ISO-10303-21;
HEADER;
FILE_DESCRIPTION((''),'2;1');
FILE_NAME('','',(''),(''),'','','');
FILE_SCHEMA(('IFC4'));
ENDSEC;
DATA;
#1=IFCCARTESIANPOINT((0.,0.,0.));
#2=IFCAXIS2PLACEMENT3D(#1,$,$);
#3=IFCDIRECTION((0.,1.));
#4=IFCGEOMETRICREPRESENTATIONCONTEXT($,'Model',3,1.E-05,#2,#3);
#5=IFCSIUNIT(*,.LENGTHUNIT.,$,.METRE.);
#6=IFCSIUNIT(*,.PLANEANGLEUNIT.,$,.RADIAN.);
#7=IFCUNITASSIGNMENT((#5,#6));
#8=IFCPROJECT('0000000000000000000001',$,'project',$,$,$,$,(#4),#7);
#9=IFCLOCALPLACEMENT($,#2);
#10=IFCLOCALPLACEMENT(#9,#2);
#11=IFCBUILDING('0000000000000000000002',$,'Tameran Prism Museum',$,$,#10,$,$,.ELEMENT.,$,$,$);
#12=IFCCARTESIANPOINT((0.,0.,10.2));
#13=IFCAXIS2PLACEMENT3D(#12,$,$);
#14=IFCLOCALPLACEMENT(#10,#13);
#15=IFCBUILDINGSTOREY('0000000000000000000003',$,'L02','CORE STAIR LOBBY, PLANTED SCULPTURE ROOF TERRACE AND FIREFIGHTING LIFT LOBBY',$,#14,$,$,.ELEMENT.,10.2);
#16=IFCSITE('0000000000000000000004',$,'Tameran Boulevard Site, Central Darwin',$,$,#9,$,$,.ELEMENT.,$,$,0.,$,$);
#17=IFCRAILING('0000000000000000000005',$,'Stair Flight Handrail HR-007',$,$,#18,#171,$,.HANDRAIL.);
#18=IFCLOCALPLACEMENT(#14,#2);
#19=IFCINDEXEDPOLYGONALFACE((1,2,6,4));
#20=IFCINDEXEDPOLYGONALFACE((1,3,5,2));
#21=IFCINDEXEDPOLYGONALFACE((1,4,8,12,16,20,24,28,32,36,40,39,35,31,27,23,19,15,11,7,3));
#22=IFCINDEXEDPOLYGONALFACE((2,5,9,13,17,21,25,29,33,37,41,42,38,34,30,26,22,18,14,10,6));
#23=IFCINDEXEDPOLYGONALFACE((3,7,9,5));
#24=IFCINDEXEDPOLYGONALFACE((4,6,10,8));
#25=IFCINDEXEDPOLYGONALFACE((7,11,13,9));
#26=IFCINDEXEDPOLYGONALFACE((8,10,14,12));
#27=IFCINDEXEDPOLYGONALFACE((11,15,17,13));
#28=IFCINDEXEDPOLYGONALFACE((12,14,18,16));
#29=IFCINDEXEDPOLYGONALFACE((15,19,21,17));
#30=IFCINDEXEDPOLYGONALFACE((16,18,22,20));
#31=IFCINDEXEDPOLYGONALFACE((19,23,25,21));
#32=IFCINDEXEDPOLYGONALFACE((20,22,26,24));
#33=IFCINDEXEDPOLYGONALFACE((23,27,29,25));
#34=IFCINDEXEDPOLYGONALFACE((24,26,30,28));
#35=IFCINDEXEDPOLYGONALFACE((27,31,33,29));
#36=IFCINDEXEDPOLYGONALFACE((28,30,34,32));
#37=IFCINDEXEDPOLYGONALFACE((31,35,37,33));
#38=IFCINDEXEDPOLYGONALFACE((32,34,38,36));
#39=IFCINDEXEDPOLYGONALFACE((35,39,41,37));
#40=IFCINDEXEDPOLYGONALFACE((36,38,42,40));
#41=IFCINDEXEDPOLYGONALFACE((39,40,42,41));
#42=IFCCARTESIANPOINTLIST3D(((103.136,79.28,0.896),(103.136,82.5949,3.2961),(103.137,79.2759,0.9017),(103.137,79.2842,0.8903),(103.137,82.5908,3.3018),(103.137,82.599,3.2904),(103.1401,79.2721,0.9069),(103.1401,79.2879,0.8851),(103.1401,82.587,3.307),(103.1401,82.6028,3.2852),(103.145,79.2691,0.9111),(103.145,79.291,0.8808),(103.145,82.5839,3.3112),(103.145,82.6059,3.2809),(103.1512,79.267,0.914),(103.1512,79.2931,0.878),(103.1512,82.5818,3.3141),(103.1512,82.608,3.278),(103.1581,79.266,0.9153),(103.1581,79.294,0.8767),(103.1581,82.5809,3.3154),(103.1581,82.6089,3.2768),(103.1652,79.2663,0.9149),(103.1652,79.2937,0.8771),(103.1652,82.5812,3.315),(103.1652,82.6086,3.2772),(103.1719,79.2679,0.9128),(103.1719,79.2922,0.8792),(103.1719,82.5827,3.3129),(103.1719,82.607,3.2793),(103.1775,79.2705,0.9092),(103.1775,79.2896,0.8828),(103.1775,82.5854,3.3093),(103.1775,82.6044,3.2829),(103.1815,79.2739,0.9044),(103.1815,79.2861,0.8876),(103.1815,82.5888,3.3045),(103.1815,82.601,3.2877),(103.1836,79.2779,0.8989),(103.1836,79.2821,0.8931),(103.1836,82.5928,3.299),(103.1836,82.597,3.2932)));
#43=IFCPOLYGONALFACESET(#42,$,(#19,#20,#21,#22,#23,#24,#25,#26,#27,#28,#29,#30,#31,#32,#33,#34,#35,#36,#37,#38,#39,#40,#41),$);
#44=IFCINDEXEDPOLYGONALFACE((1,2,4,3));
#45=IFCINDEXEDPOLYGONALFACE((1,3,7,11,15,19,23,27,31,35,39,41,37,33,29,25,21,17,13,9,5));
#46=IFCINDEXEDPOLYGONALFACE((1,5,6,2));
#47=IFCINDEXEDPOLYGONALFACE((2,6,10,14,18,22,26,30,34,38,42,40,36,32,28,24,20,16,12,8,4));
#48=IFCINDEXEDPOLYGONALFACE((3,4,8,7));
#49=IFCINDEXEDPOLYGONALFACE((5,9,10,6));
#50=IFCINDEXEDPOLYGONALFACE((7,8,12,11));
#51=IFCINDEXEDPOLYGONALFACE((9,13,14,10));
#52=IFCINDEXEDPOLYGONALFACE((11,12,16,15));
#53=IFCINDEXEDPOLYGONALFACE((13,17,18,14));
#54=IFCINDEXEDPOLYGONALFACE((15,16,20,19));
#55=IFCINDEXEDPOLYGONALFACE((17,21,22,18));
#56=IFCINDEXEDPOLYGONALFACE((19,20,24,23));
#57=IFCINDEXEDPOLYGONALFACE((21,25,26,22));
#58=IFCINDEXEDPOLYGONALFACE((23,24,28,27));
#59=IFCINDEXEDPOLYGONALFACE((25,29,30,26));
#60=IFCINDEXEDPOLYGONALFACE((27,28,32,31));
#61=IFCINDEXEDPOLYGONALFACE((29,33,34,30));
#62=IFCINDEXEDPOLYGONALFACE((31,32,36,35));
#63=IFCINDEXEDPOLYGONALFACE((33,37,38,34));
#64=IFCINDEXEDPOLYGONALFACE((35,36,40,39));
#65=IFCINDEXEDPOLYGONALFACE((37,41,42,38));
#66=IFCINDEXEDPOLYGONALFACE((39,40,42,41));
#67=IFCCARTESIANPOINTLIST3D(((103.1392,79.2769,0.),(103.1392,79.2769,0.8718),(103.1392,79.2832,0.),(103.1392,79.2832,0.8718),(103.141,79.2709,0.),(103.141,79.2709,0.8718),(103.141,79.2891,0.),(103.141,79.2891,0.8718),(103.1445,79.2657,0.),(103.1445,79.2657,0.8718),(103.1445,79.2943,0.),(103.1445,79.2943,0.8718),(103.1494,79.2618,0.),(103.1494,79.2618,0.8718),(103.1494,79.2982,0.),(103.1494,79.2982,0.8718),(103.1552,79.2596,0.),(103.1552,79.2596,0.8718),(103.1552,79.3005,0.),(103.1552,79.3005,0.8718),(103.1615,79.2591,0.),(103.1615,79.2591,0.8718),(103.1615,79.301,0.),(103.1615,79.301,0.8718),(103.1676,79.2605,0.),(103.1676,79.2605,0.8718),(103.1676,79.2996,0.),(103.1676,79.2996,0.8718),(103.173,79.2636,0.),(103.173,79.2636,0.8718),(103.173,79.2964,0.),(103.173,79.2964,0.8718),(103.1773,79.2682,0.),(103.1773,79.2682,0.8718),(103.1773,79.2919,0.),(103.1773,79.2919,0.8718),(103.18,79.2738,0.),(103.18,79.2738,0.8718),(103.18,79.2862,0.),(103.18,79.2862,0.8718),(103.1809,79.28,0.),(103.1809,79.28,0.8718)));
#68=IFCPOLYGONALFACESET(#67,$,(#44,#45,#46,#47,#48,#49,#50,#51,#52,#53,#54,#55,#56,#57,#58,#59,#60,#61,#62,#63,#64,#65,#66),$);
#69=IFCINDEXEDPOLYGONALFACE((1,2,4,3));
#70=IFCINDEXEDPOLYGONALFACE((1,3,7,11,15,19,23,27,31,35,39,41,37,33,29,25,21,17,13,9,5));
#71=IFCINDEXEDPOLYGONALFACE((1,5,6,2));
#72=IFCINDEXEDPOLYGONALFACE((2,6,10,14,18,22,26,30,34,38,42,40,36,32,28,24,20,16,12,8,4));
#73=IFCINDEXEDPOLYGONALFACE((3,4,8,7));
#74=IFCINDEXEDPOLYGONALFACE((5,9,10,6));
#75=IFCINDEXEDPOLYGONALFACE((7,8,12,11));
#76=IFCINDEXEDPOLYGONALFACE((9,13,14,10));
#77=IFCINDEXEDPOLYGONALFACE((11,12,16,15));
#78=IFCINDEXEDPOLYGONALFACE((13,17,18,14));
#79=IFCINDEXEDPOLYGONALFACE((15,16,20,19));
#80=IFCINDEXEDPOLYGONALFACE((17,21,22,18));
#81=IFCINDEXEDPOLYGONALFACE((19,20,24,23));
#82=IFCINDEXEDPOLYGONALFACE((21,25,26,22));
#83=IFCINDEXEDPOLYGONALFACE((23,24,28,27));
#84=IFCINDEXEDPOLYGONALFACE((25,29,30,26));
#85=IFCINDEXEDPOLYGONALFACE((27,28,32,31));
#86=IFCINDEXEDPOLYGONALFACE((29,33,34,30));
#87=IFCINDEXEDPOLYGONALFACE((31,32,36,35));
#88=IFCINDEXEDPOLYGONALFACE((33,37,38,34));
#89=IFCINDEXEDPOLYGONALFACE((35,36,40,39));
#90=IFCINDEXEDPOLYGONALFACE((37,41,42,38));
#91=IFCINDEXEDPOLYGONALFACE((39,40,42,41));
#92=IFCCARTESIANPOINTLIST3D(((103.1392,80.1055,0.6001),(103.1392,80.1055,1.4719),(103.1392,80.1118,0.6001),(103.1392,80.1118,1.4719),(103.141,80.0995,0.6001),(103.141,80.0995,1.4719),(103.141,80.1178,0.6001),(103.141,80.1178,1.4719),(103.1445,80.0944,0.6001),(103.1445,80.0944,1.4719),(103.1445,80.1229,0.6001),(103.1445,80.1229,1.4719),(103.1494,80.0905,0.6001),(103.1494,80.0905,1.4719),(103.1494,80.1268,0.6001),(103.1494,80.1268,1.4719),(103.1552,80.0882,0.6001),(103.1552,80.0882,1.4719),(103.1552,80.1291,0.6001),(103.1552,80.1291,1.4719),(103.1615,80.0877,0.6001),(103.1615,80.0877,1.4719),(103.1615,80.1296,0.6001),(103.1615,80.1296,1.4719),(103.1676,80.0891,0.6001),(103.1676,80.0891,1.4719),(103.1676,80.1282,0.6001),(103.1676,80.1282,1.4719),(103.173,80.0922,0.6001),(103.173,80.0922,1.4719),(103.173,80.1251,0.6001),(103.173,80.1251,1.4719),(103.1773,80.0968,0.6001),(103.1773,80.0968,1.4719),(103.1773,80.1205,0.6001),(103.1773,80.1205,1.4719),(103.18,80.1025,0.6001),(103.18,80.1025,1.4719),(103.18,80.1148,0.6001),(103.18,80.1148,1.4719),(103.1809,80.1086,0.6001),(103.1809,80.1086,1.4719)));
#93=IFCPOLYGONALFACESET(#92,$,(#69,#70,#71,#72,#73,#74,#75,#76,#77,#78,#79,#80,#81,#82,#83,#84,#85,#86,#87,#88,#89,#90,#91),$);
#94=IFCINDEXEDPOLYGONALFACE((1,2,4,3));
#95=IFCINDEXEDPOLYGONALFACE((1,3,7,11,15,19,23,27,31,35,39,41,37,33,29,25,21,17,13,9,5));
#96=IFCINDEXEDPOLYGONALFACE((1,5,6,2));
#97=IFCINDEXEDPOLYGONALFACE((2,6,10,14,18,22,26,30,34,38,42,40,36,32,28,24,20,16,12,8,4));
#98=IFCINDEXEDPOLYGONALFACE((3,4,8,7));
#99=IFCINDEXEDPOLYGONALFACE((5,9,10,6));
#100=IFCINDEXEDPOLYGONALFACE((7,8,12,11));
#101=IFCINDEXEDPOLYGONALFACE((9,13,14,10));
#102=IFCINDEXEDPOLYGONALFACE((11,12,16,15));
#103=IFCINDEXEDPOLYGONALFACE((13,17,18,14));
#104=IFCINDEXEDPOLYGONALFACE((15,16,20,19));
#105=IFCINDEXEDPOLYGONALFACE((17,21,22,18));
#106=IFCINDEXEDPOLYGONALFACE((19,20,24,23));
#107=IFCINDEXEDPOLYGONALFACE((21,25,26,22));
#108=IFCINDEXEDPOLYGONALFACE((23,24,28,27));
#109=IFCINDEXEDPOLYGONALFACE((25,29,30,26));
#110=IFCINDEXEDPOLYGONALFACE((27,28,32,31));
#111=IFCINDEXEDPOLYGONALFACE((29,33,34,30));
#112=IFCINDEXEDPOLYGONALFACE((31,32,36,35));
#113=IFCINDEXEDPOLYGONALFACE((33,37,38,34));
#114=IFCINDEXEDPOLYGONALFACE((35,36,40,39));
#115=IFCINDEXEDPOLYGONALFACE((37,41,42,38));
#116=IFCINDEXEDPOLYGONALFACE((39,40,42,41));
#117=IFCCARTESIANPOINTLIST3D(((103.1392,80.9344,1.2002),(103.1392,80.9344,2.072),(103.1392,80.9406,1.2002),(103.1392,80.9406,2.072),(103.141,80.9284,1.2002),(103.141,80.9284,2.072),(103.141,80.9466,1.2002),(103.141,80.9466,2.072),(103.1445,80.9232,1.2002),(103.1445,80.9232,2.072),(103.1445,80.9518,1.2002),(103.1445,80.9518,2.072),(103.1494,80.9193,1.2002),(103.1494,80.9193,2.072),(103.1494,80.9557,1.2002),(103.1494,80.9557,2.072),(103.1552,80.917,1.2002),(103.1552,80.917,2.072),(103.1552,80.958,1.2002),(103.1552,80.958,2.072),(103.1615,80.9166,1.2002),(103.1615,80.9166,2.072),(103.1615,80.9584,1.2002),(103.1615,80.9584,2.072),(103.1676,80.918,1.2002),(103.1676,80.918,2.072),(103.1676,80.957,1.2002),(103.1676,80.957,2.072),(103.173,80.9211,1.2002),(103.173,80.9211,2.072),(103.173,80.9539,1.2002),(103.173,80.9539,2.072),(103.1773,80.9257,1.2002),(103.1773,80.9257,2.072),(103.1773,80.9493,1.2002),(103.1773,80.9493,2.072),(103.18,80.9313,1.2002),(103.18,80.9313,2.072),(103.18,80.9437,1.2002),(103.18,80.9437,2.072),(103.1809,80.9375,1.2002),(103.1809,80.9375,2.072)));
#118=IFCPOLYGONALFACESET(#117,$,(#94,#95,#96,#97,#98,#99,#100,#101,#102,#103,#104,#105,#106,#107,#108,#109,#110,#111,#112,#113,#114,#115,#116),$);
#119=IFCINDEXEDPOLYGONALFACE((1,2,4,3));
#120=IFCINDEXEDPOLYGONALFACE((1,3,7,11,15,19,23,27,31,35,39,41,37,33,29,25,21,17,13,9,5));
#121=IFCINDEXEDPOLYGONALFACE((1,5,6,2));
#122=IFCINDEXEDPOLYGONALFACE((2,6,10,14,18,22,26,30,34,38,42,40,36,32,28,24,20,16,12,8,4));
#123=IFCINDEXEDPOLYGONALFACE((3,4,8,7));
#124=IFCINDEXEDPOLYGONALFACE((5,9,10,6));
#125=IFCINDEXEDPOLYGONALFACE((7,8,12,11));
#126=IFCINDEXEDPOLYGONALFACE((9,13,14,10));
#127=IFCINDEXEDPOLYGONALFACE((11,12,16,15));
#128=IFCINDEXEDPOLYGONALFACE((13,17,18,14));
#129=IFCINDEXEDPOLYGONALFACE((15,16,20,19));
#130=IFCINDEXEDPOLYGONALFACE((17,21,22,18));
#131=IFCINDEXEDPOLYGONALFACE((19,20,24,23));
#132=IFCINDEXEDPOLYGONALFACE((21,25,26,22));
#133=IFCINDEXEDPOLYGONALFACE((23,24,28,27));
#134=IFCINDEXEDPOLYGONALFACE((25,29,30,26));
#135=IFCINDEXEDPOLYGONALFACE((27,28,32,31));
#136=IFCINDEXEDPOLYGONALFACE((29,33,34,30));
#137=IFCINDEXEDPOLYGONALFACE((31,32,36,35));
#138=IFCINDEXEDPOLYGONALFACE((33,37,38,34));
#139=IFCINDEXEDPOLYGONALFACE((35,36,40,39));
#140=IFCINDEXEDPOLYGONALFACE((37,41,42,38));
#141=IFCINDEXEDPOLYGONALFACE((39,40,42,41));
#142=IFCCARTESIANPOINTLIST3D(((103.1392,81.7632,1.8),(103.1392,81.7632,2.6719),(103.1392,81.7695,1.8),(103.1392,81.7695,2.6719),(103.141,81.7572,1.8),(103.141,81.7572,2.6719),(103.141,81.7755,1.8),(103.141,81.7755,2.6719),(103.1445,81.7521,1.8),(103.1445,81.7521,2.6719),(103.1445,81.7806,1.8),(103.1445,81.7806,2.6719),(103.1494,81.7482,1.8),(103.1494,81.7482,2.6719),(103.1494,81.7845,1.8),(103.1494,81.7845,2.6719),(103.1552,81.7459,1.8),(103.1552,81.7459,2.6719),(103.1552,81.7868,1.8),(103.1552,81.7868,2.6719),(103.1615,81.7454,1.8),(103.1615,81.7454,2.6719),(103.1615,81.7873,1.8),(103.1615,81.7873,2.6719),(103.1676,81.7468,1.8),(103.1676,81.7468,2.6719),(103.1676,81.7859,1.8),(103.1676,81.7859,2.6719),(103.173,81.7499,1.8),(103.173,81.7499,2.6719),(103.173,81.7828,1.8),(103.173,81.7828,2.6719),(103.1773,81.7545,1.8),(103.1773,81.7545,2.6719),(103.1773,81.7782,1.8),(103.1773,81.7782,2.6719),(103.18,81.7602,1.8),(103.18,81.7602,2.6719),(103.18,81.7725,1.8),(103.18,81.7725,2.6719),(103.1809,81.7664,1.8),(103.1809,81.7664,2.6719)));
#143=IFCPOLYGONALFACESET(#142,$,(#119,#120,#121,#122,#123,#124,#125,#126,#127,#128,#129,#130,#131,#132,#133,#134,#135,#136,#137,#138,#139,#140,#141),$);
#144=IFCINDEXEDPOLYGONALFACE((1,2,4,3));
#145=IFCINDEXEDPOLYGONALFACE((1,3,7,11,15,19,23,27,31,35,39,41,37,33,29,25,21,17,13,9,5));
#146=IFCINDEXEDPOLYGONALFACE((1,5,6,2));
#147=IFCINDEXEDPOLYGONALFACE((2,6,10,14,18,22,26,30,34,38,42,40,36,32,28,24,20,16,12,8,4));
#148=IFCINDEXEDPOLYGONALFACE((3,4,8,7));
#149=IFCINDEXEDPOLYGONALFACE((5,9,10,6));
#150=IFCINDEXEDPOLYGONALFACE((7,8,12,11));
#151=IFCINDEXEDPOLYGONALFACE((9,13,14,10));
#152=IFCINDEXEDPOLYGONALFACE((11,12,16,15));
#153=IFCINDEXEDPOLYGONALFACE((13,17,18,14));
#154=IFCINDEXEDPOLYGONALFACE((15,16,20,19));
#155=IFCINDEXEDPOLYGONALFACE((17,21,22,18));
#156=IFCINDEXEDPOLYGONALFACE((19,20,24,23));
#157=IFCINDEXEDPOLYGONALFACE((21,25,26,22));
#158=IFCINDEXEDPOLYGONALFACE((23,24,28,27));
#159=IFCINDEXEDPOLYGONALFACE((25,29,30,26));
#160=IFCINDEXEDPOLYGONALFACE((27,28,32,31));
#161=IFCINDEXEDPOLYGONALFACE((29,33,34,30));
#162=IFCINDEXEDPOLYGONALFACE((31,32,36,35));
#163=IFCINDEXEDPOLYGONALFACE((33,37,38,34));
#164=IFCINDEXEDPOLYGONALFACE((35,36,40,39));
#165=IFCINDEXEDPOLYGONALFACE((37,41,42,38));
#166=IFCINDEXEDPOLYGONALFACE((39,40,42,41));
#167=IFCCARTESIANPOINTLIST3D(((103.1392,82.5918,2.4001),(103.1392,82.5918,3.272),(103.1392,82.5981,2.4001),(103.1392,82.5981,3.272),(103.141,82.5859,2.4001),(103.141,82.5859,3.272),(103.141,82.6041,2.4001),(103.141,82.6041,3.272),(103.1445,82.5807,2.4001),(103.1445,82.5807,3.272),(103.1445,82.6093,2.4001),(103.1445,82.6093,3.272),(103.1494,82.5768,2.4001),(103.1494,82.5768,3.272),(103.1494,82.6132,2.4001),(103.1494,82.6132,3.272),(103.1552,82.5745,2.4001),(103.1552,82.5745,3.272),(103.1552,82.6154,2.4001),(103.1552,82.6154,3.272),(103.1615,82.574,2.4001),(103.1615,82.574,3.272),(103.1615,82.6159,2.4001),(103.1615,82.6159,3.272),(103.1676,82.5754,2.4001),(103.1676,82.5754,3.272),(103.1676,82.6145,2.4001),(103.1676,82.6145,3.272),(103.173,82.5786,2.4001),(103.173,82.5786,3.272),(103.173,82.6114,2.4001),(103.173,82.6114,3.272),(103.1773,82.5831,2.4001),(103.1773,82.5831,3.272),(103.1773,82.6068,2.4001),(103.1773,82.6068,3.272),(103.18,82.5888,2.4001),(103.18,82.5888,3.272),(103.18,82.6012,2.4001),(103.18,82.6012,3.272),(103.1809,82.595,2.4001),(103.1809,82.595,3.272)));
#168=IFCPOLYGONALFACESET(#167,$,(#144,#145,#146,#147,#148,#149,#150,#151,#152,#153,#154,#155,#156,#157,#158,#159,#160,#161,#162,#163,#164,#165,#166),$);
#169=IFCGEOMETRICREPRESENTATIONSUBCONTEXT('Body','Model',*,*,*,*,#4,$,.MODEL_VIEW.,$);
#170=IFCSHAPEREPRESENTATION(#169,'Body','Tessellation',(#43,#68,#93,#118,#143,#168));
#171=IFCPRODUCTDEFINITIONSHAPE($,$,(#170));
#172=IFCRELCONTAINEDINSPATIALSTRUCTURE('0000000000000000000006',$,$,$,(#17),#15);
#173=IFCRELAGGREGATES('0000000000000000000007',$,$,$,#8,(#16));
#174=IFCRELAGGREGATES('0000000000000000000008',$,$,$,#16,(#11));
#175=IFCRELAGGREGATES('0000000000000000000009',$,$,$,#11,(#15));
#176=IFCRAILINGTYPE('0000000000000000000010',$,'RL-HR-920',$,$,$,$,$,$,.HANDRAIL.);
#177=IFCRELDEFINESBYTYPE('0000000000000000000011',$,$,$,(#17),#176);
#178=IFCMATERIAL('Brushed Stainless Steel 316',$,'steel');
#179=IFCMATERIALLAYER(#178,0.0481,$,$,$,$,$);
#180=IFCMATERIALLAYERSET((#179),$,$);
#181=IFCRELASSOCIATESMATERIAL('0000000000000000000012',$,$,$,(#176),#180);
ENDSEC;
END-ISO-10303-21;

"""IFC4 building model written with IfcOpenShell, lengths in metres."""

from ifc_helpers import new_model, si_unit, direction, frame, origin, origin_2d, place, context, subcontext, project, spatial, circle, extrude, material, layer, layer_set, type_object, element, save


model = new_model("IFC4")

# Units and contexts
model_context = context("Model", 3, precision=1e-05, world=origin(), true_north=direction((0.0, 1.0)))
body_context = subcontext(model_context, "Body", "Model", "MODEL_VIEW")
ifc_project = project(units=[si_unit("LENGTHUNIT", "METRE"), si_unit("PLANEANGLEUNIT", "RADIAN")], contexts=[model_context])

# Site, building, storey
site_placement = place(None, origin())
site = spatial("IfcSite", under=ifc_project, at=site_placement, Name="Tameran Boulevard Site, Central Darwin", CompositionType="ELEMENT", RefElevation=0.0)
building_placement = place(site_placement, origin())
building = spatial("IfcBuilding", under=site, at=building_placement, Name="Tameran Prism Museum", CompositionType="ELEMENT")
storey_placement = place(building_placement, frame((0.0, 0.0, 10.2)))
storey = spatial("IfcBuildingStorey", under=building, at=storey_placement, Name="L02", Description="CORE STAIR LOBBY, PLANTED SCULPTURE ROOF TERRACE AND FIREFIGHTING LIFT LOBBY", CompositionType="ELEMENT", Elevation=10.2)

# Railing
ifc_material_1 = material(Name="Brushed Stainless Steel 316", Category="steel")
ifc_layer_1 = layer(ifc_material_1, 0.0481)
ifc_layer_set_1 = layer_set([ifc_layer_1])
railing_type_1 = type_object("IfcRailingType", Name="RL-HR-920", PredefinedType="HANDRAIL", material=ifc_layer_set_1)
railing_1_placement = place(storey_placement, frame((103.1599, 79.28, 0.0)))
element("IfcRailing", 1, at=railing_1_placement, inside=storey, type_object=railing_type_1, Name="Stair Flight Handrail HR-007", PredefinedType="HANDRAIL", context=body_context, shape_type="SweptSolid", body=[
    extrude(circle(Radius=0.0239, at=origin_2d()), frame((0.0, 0.0, 0.896), z_axis=(0.0, 0.80998, 0.586457), x_axis=(-1.0, 0.0, 0.0)), (0.0, 0.0, 1.0), 4.0925),
    extrude(circle(Radius=0.021, at=origin_2d()), origin(), (0.0, 0.0, 1.0), 0.8718),
    extrude(circle(Radius=0.021, at=origin_2d()), frame((0.0, 0.8286, 0.6001)), (0.0, 0.0, 1.0), 0.8718),
    extrude(circle(Radius=0.021, at=origin_2d()), frame((0.0, 1.6575, 1.2002)), (0.0, 0.0, 1.0), 0.8718),
    extrude(circle(Radius=0.021, at=origin_2d()), frame((0.0, 2.4863, 1.8)), (0.0, 0.0, 1.0), 0.8718),
    extrude(circle(Radius=0.021, at=origin_2d()), frame((0.0, 3.3149, 2.4001)), (0.0, 0.0, 1.0), 0.8718),
])

save(model, "model.ifc")
